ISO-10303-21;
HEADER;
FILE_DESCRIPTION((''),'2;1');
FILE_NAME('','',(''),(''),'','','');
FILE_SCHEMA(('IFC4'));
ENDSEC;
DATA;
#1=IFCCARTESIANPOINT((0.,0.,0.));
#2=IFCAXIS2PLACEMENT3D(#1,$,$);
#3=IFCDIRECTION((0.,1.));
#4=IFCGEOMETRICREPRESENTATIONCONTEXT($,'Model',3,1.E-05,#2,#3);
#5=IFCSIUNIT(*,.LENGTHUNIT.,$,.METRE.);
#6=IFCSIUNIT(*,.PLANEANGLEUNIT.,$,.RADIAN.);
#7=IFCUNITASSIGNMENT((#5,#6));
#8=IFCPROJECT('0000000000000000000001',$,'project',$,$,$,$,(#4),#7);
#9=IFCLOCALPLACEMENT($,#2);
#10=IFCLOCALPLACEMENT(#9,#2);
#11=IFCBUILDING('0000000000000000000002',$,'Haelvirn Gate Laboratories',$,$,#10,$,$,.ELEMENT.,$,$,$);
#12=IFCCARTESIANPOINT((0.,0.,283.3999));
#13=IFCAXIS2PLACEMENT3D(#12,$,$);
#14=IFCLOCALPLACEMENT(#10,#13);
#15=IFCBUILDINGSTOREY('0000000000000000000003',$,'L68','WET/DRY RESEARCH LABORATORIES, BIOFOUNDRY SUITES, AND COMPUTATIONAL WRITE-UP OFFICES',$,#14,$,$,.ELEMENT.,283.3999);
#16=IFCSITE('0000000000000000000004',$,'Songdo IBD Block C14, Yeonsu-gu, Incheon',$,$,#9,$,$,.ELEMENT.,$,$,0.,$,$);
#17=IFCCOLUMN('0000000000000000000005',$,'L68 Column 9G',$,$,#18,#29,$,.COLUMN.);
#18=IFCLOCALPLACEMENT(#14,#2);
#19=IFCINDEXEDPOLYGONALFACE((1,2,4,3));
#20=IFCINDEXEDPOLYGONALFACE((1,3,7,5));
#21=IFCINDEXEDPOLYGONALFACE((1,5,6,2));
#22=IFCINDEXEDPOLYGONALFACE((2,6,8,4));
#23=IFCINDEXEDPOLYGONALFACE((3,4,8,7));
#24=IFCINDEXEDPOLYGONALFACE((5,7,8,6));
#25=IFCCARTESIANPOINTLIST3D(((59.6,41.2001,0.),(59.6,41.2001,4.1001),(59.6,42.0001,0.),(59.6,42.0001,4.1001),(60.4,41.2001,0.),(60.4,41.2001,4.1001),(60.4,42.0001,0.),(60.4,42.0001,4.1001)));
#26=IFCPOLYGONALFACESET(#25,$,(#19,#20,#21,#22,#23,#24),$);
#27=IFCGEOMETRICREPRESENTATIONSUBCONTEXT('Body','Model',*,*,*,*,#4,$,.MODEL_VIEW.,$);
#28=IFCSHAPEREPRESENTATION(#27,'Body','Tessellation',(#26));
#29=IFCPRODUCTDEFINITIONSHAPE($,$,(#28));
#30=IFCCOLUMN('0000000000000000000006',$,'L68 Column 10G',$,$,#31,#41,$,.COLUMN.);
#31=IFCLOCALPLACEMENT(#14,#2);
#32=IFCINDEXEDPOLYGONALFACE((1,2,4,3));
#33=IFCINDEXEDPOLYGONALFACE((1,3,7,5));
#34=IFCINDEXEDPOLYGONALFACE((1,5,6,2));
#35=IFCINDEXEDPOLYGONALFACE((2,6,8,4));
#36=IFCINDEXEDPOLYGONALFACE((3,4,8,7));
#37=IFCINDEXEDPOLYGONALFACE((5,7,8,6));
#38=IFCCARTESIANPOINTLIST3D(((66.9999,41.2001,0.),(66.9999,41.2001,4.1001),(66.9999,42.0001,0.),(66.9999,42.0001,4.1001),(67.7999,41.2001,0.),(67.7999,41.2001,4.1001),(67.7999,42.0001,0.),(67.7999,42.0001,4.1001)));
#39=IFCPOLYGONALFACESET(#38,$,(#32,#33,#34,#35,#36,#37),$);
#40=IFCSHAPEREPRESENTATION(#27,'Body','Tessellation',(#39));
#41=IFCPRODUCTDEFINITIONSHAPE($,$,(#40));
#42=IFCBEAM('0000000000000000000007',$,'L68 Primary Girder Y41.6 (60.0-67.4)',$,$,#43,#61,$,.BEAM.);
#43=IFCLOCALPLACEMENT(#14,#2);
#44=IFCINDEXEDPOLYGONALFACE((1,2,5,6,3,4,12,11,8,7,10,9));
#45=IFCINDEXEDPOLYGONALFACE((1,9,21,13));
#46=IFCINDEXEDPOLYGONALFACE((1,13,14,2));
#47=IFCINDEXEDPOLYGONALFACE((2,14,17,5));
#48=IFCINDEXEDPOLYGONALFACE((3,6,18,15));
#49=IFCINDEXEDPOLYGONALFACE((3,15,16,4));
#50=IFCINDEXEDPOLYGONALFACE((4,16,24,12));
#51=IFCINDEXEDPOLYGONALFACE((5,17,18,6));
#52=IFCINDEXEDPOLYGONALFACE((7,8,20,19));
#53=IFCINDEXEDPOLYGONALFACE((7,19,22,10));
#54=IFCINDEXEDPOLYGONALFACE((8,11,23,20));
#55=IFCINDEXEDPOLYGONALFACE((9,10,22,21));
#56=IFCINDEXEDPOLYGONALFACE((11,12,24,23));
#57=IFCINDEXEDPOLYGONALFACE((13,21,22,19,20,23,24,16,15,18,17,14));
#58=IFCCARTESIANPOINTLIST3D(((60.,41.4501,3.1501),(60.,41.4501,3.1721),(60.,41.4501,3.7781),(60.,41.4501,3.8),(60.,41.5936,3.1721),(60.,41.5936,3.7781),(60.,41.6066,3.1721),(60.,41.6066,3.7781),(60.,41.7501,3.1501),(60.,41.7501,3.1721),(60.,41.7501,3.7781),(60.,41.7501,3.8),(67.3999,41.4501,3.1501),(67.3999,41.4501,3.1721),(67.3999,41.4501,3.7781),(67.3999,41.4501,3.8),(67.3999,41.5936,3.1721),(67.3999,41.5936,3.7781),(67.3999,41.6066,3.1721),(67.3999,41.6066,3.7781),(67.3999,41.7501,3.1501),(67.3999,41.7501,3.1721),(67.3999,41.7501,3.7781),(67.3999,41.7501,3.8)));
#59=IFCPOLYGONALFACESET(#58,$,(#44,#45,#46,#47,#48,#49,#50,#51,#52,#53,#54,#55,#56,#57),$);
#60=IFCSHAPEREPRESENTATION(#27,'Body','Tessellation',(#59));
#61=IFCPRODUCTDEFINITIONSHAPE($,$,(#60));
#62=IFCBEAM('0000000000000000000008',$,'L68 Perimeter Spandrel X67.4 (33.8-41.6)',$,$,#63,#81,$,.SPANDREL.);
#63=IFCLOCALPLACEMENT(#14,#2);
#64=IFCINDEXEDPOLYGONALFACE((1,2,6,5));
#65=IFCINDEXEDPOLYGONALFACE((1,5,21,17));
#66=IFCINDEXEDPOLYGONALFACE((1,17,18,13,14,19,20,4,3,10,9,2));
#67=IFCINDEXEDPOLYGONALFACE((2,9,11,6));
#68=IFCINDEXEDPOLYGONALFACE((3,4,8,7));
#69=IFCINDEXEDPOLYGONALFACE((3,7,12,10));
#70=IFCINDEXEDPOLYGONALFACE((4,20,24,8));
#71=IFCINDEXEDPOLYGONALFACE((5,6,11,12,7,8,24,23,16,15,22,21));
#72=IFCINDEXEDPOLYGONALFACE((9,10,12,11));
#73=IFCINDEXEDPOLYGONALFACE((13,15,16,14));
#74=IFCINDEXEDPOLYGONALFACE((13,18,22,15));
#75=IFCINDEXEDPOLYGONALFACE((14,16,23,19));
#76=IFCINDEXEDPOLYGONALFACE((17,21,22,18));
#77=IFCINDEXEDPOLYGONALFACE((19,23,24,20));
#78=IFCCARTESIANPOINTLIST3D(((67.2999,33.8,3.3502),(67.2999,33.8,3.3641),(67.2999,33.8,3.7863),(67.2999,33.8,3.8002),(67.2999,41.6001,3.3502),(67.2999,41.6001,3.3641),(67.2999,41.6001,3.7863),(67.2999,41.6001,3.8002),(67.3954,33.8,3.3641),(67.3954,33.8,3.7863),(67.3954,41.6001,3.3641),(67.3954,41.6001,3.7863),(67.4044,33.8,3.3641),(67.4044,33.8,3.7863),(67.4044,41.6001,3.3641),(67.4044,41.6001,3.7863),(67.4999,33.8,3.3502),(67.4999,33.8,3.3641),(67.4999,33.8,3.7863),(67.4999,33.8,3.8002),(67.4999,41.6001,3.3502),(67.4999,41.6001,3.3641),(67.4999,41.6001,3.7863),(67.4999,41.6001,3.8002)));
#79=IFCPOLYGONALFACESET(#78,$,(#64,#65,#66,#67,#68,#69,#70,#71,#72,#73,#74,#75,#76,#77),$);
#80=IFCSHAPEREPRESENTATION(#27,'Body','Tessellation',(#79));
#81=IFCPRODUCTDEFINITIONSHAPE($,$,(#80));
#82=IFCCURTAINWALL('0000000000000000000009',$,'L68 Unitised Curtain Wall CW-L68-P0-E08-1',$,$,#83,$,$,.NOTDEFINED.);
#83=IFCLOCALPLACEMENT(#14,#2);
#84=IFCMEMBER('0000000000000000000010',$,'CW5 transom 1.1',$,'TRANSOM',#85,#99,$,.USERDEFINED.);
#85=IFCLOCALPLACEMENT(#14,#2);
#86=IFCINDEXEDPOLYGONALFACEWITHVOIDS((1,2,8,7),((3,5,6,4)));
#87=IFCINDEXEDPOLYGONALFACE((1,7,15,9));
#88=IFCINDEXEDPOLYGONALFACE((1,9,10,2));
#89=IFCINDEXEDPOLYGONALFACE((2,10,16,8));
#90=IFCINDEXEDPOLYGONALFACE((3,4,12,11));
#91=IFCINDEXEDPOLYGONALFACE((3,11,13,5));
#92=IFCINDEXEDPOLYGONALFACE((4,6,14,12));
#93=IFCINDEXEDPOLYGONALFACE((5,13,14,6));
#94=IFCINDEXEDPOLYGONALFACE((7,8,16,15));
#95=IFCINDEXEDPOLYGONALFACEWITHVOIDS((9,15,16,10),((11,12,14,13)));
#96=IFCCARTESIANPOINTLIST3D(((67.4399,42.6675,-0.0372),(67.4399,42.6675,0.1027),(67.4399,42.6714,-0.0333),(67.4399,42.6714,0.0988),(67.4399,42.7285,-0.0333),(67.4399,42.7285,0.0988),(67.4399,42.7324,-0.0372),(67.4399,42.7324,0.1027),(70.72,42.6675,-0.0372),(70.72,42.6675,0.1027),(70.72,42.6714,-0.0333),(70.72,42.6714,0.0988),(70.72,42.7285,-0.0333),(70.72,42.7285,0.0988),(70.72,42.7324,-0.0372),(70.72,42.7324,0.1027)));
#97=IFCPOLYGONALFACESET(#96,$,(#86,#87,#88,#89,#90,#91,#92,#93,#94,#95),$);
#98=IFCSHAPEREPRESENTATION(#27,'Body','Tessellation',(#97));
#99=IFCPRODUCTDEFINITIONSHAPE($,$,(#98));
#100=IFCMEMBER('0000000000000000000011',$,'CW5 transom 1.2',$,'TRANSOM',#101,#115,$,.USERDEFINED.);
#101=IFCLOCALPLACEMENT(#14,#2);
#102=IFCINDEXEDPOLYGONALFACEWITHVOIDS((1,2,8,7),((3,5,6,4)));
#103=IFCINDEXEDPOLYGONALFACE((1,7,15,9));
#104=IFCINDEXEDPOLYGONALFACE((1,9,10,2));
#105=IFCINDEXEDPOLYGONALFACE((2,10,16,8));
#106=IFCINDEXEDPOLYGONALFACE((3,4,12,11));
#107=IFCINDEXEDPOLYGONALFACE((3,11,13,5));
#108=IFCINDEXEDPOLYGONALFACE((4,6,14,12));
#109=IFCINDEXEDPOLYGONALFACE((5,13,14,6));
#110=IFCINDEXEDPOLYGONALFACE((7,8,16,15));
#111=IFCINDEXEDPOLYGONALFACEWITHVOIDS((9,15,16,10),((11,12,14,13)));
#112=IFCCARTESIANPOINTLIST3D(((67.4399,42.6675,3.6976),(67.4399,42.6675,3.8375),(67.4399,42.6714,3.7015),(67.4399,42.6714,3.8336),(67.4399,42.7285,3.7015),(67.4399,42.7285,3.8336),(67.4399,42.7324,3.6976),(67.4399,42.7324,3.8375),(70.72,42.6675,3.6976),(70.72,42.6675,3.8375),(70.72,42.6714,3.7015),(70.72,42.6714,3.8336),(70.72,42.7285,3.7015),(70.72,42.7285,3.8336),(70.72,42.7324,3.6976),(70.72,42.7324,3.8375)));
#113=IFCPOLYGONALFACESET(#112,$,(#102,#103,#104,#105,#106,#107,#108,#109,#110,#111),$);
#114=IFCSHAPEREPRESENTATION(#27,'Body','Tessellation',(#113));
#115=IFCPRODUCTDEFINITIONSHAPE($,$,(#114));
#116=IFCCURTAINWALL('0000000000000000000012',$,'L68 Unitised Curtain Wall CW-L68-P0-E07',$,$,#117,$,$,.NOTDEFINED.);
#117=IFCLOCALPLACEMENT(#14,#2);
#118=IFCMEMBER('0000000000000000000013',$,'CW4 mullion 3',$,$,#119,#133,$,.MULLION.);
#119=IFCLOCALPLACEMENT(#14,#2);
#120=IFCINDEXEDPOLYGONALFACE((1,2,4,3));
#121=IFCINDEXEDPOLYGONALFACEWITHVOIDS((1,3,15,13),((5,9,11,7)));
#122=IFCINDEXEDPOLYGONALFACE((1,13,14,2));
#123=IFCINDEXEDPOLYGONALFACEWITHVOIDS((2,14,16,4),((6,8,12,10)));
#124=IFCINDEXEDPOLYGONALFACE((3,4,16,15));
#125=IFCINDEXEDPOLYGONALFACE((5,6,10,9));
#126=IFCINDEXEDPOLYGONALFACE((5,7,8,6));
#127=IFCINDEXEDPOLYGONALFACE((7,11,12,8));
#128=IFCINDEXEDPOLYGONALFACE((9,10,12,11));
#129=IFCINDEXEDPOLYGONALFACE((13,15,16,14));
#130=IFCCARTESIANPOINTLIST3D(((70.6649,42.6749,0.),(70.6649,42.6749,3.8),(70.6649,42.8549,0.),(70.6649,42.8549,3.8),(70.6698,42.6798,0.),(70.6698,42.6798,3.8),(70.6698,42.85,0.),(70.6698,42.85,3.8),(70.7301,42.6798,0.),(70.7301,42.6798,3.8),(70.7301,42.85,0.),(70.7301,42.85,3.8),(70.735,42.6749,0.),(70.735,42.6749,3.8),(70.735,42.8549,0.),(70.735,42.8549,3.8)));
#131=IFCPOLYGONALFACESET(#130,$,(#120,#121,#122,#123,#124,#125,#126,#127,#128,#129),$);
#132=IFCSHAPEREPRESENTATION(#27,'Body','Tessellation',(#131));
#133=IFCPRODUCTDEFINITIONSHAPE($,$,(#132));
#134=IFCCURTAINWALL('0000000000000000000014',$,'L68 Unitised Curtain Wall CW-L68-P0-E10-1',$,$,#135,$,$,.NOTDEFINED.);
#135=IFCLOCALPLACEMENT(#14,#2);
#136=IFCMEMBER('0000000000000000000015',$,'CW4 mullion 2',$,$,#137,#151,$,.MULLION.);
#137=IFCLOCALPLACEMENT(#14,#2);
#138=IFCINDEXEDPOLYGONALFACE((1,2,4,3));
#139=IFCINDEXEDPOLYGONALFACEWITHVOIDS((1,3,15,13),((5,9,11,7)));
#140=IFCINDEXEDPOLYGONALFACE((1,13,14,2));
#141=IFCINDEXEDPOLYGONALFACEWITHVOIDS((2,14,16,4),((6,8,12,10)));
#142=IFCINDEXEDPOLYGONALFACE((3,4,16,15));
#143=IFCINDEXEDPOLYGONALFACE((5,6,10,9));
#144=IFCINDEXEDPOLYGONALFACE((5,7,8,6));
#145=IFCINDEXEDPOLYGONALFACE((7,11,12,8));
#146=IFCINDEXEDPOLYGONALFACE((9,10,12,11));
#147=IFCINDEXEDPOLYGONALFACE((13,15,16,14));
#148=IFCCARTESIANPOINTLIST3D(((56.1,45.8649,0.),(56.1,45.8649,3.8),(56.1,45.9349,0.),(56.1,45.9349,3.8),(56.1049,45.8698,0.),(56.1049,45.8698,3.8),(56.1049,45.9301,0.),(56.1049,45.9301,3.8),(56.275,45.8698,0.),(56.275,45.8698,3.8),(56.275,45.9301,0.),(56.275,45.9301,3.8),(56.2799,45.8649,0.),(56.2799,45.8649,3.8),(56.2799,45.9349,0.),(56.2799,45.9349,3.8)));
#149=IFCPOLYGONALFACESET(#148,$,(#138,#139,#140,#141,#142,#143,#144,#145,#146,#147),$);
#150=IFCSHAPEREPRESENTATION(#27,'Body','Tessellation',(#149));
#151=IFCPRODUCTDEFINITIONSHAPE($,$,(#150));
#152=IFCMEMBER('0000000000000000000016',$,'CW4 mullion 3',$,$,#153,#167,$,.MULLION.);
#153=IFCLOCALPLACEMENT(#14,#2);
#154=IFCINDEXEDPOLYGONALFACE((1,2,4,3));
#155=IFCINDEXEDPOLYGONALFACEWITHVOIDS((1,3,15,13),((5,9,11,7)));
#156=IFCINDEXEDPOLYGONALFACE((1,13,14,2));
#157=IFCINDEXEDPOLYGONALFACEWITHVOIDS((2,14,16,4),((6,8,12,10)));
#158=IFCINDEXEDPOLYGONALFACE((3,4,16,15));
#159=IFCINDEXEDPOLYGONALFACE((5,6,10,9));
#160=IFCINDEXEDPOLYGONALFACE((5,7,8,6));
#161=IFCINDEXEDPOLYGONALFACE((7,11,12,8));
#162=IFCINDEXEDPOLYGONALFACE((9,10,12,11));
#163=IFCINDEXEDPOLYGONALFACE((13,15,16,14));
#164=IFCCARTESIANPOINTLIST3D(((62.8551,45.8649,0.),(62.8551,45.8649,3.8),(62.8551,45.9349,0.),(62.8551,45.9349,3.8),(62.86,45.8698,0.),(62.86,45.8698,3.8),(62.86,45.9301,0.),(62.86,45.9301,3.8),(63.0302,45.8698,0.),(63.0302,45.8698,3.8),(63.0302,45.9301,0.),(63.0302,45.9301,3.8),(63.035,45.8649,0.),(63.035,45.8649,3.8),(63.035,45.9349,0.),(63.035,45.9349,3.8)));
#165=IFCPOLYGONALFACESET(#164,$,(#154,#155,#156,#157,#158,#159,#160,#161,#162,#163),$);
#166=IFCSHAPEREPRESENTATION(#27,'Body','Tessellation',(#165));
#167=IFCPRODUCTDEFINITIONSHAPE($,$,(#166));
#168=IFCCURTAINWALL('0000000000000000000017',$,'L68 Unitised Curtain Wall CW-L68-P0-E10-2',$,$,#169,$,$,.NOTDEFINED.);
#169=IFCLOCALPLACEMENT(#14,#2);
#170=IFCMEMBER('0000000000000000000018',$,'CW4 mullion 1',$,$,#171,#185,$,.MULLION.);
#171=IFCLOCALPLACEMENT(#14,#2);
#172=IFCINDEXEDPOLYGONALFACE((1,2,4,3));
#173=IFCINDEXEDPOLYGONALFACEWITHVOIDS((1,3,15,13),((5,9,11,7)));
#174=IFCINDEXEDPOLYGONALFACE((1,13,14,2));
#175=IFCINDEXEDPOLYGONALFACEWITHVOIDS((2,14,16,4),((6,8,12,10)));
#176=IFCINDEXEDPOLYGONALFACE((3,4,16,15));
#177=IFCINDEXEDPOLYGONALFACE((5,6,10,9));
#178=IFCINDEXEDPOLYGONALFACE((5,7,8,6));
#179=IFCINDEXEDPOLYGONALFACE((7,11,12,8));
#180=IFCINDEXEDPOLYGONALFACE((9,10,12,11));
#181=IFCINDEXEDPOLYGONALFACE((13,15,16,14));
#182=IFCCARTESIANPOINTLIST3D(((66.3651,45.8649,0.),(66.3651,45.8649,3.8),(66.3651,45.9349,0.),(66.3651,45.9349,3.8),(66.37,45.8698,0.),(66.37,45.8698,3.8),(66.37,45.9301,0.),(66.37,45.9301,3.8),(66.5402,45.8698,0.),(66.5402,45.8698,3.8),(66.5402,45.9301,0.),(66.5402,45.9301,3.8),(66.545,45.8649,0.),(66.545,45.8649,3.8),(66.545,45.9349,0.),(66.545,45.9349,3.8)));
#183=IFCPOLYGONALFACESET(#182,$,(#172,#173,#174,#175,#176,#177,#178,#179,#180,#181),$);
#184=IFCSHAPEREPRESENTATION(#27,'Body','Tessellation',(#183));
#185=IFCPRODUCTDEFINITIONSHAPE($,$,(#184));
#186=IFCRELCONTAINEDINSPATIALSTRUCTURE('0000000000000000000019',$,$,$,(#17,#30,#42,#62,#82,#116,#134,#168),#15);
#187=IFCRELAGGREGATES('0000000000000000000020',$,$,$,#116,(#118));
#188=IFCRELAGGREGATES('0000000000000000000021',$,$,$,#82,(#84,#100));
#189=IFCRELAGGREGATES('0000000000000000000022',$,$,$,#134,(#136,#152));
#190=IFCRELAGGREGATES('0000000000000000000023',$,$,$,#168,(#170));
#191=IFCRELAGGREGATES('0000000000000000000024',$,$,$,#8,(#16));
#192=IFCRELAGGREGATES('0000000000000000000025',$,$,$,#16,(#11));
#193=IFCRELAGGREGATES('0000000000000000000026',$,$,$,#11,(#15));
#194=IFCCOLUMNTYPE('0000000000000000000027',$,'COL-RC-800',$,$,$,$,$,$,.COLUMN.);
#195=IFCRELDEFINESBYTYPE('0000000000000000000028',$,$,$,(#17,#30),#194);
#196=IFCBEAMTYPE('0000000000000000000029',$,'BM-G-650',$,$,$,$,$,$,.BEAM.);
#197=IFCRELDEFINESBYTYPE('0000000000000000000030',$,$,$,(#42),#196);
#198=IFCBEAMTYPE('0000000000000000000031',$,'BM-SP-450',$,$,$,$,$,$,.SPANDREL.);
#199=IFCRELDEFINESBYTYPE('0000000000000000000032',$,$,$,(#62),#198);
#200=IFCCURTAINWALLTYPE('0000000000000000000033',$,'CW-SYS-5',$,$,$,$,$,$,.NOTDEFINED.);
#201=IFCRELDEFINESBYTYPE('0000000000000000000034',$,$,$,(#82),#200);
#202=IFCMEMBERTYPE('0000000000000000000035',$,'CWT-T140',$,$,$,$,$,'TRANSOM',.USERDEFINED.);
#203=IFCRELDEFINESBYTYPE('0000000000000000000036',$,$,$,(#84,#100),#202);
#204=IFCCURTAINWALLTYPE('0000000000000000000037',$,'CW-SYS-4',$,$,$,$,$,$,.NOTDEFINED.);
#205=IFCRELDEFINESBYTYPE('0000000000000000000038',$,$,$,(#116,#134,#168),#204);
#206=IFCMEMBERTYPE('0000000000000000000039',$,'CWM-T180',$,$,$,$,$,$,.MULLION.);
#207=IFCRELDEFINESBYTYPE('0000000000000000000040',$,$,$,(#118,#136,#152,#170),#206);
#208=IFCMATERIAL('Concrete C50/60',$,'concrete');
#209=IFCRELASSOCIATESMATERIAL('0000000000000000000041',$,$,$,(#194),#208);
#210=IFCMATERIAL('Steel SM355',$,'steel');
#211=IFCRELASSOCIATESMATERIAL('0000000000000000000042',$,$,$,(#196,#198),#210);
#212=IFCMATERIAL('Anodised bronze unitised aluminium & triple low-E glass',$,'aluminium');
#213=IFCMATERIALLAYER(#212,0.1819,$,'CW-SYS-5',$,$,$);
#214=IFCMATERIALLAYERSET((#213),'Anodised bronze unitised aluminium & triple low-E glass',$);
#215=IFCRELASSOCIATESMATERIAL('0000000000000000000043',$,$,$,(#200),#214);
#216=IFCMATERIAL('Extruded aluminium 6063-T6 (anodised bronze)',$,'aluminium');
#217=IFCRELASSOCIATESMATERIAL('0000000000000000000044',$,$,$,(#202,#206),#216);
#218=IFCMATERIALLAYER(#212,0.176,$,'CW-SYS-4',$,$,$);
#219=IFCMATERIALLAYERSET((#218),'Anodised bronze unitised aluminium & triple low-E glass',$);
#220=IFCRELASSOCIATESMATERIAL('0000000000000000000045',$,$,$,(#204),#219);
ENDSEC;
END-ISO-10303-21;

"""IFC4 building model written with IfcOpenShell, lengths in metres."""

from ifc_helpers import new_model, si_unit, direction, frame, origin, origin_2d, place, context, subcontext, project, spatial, rectangle, hollow_rectangle, i_section, extrude, source, transform, mapped, material, layer, layer_set, material_profile, profile_set, type_object, type_shapes, element, aggregate, save


model = new_model("IFC4")

# Units and contexts
model_context = context("Model", 3, precision=1e-05, world=origin(), true_north=direction((0.0, 1.0)))
body_context = subcontext(model_context, "Body", "Model", "MODEL_VIEW")
ifc_project = project(units=[si_unit("LENGTHUNIT", "METRE"), si_unit("PLANEANGLEUNIT", "RADIAN")], contexts=[model_context])

# Site, building, storey
site_placement = place(None, origin())
site = spatial("IfcSite", under=ifc_project, at=site_placement, Name="Songdo IBD Block C14, Yeonsu-gu, Incheon", CompositionType="ELEMENT", RefElevation=0.0)
building_placement = place(site_placement, origin())
building = spatial("IfcBuilding", under=site, at=building_placement, Name="Haelvirn Gate Laboratories", CompositionType="ELEMENT")
storey_placement = place(building_placement, frame((0.0, 0.0, 283.3999)))
storey = spatial("IfcBuildingStorey", under=building, at=storey_placement, Name="L68", Description="WET/DRY RESEARCH LABORATORIES, BIOFOUNDRY SUITES, AND COMPUTATIONAL WRITE-UP OFFICES", CompositionType="ELEMENT", Elevation=283.3999)

# Columns
ifc_material_1 = material(Name="Concrete C50/60", Category="concrete")
ifc_material_profile_1 = material_profile(ifc_material_1, rectangle(XDim=0.8, YDim=0.8, at=origin_2d()), Name="RC-800x800")
ifc_profile_set_1 = profile_set([ifc_material_profile_1], Name="Concrete C50/60")
column_type = type_object("IfcColumnType", Name="COL-RC-800", PredefinedType="COLUMN", material=ifc_profile_set_1)
shared_shape_1 = source(origin(), body_context, "Body", "SweptSolid", [
    extrude(rectangle(XDim=0.8, YDim=0.8, at=origin_2d()), origin(), (0.0, 0.0, 1.0), 4.1001),
])
type_shapes(column_type, [shared_shape_1])
for number, where, z_axis, x_axis, name in (
    (1, (60.0, 41.6001, 0.0), (0.0, 0.0, 1.0), (1.0, 0.0, 0.0), "L68 Column 9G"),
    (2, (67.3999, 41.6001, 0.0), (0.0, 0.0, 1.0), (1.0, 0.0, 0.0), "L68 Column 10G"),
):
    element("IfcColumn", number, at=place(storey_placement, frame(where, z_axis=z_axis, x_axis=x_axis)), inside=storey, type_object=column_type, Name=name, PredefinedType="COLUMN", context=body_context, shape_type="MappedRepresentation", body=[
        mapped(shared_shape_1, transform((0.0, 0.0, 0.0), scale=1.0)),
    ])

# Beams
ifc_material_2 = material(Name="Steel SM355", Category="steel")
ifc_material_profile_2 = material_profile(ifc_material_2, i_section(OverallWidth=0.3, OverallDepth=0.6499, WebThickness=0.0129, FlangeThickness=0.022, at=origin_2d()), Name="H-650x300x13x22")
ifc_profile_set_2 = profile_set([ifc_material_profile_2], Name="Steel SM355")
beam_type_1 = type_object("IfcBeamType", Name="BM-G-650", PredefinedType="BEAM", material=ifc_profile_set_2)
shared_shape_2 = source(origin(), body_context, "Body", "SweptSolid", [
    extrude(i_section(OverallWidth=0.3, OverallDepth=0.6499, WebThickness=0.0129, FlangeThickness=0.022, at=origin_2d()), origin(), (0.0, 0.0, 1.0), 7.3999),
])
type_shapes(beam_type_1, [shared_shape_2])
beam_1_placement = place(storey_placement, frame((60.0, 41.6001, 3.4751), z_axis=(1.0, 0.0, 0.0), x_axis=(0.0, 1.0, 0.0)))
element("IfcBeam", 3, at=beam_1_placement, inside=storey, type_object=beam_type_1, Name="L68 Primary Girder Y41.6 (60.0-67.4)", PredefinedType="BEAM", context=body_context, shape_type="MappedRepresentation", body=[
    mapped(shared_shape_2, transform((0.0, 0.0, 0.0), scale=1.0)),
])
ifc_material_profile_3 = material_profile(ifc_material_2, i_section(OverallWidth=0.2, OverallDepth=0.45, WebThickness=0.009, FlangeThickness=0.0139, at=origin_2d()), Name="H-450x200x9x14")
ifc_profile_set_3 = profile_set([ifc_material_profile_3], Name="Steel SM355")
beam_type_2 = type_object("IfcBeamType", Name="BM-SP-450", PredefinedType="SPANDREL", material=ifc_profile_set_3)
shared_shape_3 = source(origin(), body_context, "Body", "SweptSolid", [
    extrude(i_section(OverallWidth=0.2, OverallDepth=0.45, WebThickness=0.009, FlangeThickness=0.0139, at=origin_2d()), origin(), (0.0, 0.0, 1.0), 7.8),
])
type_shapes(beam_type_2, [shared_shape_3])
beam_2_placement = place(storey_placement, frame((67.3999, 33.8, 3.5752), z_axis=(0.0, 1.0, 0.0), x_axis=(-1.0, 0.0, 0.0)))
element("IfcBeam", 4, at=beam_2_placement, inside=storey, type_object=beam_type_2, Name="L68 Perimeter Spandrel X67.4 (33.8-41.6)", PredefinedType="SPANDREL", context=body_context, shape_type="MappedRepresentation", body=[
    mapped(shared_shape_3, transform((0.0, 0.0, 0.0), scale=1.0)),
])

# Curtain wall, members
ifc_material_3 = material(Name="Anodised bronze unitised aluminium & triple low-E glass", Category="aluminium")
ifc_layer_1 = layer(ifc_material_3, 0.1819, Name="CW-SYS-5")
ifc_layer_set_1 = layer_set([ifc_layer_1], Name="Anodised bronze unitised aluminium & triple low-E glass")
curtain_wall_type_1 = type_object("IfcCurtainWallType", Name="CW-SYS-5", PredefinedType="NOTDEFINED", material=ifc_layer_set_1)
curtain_wall_1_placement = place(storey_placement, origin())
curtain_wall_1 = element("IfcCurtainWall", 5, at=curtain_wall_1_placement, inside=storey, type_object=curtain_wall_type_1, Name="L68 Unitised Curtain Wall CW-L68-P0-E08-1", PredefinedType="NOTDEFINED")
ifc_material_4 = material(Name="Extruded aluminium 6063-T6 (anodised bronze)", Category="aluminium")
ifc_material_profile_4 = material_profile(ifc_material_4, hollow_rectangle(XDim=0.0649, YDim=0.1399, WallThickness=0.0039, at=origin_2d()), Name="CWT-140x65x4")
ifc_profile_set_4 = profile_set([ifc_material_profile_4], Name="Extruded aluminium 6063-T6 (anodised bronze)")
member_type_1 = type_object("IfcMemberType", Name="CWT-T140", ElementType="TRANSOM", PredefinedType="USERDEFINED", material=ifc_profile_set_4)
shared_shape_4 = source(origin(), body_context, "Body", "SweptSolid", [
    extrude(hollow_rectangle(XDim=0.0649, YDim=0.1399, WallThickness=0.0039, at=origin_2d()), origin(), (0.0, 0.0, 1.0), 3.28),
])
member_1_placement = place(storey_placement, frame((67.4399, 42.7, 0.0327), z_axis=(1.0, 0.0, 0.0), x_axis=(0.0, 1.0, 0.0)))
member_1 = element("IfcMember", 6, at=member_1_placement, type_object=member_type_1, Name="CW5 transom 1.1", ObjectType="TRANSOM", PredefinedType="USERDEFINED", context=body_context, shape_type="MappedRepresentation", body=[
    mapped(shared_shape_4, transform((0.0, 0.0, 0.0), scale=1.0)),
])
member_2_placement = place(storey_placement, frame((67.4399, 42.7, 3.7676), z_axis=(1.0, 0.0, 0.0), x_axis=(0.0, 1.0, 0.0)))
member_2 = element("IfcMember", 7, at=member_2_placement, type_object=member_type_1, Name="CW5 transom 1.2", ObjectType="TRANSOM", PredefinedType="USERDEFINED", context=body_context, shape_type="MappedRepresentation", body=[
    mapped(shared_shape_4, transform((0.0, 0.0, 0.0), scale=1.0)),
])

# Curtain wall, member
ifc_layer_2 = layer(ifc_material_3, 0.176, Name="CW-SYS-4")
ifc_layer_set_2 = layer_set([ifc_layer_2], Name="Anodised bronze unitised aluminium & triple low-E glass")
curtain_wall_type_2 = type_object("IfcCurtainWallType", Name="CW-SYS-4", PredefinedType="NOTDEFINED", material=ifc_layer_set_2)
curtain_wall_2_placement = place(storey_placement, origin())
curtain_wall_2 = element("IfcCurtainWall", 8, at=curtain_wall_2_placement, inside=storey, type_object=curtain_wall_type_2, Name="L68 Unitised Curtain Wall CW-L68-P0-E07", PredefinedType="NOTDEFINED")
ifc_material_profile_5 = material_profile(ifc_material_4, hollow_rectangle(XDim=0.0701, YDim=0.1799, WallThickness=0.0049, at=origin_2d()), Name="CWM-180x70x5")
ifc_profile_set_5 = profile_set([ifc_material_profile_5], Name="Extruded aluminium 6063-T6 (anodised bronze)")
member_type_2 = type_object("IfcMemberType", Name="CWM-T180", PredefinedType="MULLION", material=ifc_profile_set_5)
shared_shape_5 = source(origin(), body_context, "Body", "SweptSolid", [
    extrude(hollow_rectangle(XDim=0.0701, YDim=0.1799, WallThickness=0.0049, at=origin_2d()), origin(), (0.0, 0.0, 1.0), 3.8),
])
type_shapes(member_type_2, [shared_shape_5])
member_3_placement = place(storey_placement, frame((70.7, 42.7649, 0.0), z_axis=(0.0, 0.0, 1.0), x_axis=(-1.0, 0.0, 0.0)))
member_3 = element("IfcMember", 9, at=member_3_placement, type_object=member_type_2, Name="CW4 mullion 3", PredefinedType="MULLION", context=body_context, shape_type="MappedRepresentation", body=[
    mapped(shared_shape_5, transform((0.0, 0.0, 0.0), scale=1.0)),
])
aggregate(curtain_wall_2, [member_3])

# Curtain walls, members
curtain_wall_3_placement = place(storey_placement, origin())
curtain_wall_3 = element("IfcCurtainWall", 10, at=curtain_wall_3_placement, inside=storey, type_object=curtain_wall_type_2, Name="L68 Unitised Curtain Wall CW-L68-P0-E10-1", PredefinedType="NOTDEFINED")
member_4_placement = place(storey_placement, frame((56.1899, 45.8999, 0.0), z_axis=(0.0, 0.0, 1.0), x_axis=(0.0, 1.0, 0.0)))
member_4 = element("IfcMember", 11, at=member_4_placement, type_object=member_type_2, Name="CW4 mullion 2", PredefinedType="MULLION", context=body_context, shape_type="MappedRepresentation", body=[
    mapped(shared_shape_5, transform((0.0, 0.0, 0.0), scale=1.0)),
])
member_5_placement = place(storey_placement, frame((62.9451, 45.8999, 0.0), z_axis=(0.0, 0.0, 1.0), x_axis=(0.0, 1.0, 0.0)))
member_5 = element("IfcMember", 12, at=member_5_placement, type_object=member_type_2, Name="CW4 mullion 3", PredefinedType="MULLION", context=body_context, shape_type="MappedRepresentation", body=[
    mapped(shared_shape_5, transform((0.0, 0.0, 0.0), scale=1.0)),
])
curtain_wall_4_placement = place(storey_placement, origin())
curtain_wall_4 = element("IfcCurtainWall", 13, at=curtain_wall_4_placement, inside=storey, type_object=curtain_wall_type_2, Name="L68 Unitised Curtain Wall CW-L68-P0-E10-2", PredefinedType="NOTDEFINED")
member_6_placement = place(storey_placement, frame((66.4551, 45.8999, 0.0), z_axis=(0.0, 0.0, 1.0), x_axis=(0.0, 1.0, 0.0)))
member_6 = element("IfcMember", 14, at=member_6_placement, type_object=member_type_2, Name="CW4 mullion 1", PredefinedType="MULLION", context=body_context, shape_type="MappedRepresentation", body=[
    mapped(shared_shape_5, transform((0.0, 0.0, 0.0), scale=1.0)),
])

aggregate(curtain_wall_1, [member_1, member_2])
aggregate(curtain_wall_3, [member_4, member_5])
aggregate(curtain_wall_4, [member_6])

save(model, "model.ifc")
